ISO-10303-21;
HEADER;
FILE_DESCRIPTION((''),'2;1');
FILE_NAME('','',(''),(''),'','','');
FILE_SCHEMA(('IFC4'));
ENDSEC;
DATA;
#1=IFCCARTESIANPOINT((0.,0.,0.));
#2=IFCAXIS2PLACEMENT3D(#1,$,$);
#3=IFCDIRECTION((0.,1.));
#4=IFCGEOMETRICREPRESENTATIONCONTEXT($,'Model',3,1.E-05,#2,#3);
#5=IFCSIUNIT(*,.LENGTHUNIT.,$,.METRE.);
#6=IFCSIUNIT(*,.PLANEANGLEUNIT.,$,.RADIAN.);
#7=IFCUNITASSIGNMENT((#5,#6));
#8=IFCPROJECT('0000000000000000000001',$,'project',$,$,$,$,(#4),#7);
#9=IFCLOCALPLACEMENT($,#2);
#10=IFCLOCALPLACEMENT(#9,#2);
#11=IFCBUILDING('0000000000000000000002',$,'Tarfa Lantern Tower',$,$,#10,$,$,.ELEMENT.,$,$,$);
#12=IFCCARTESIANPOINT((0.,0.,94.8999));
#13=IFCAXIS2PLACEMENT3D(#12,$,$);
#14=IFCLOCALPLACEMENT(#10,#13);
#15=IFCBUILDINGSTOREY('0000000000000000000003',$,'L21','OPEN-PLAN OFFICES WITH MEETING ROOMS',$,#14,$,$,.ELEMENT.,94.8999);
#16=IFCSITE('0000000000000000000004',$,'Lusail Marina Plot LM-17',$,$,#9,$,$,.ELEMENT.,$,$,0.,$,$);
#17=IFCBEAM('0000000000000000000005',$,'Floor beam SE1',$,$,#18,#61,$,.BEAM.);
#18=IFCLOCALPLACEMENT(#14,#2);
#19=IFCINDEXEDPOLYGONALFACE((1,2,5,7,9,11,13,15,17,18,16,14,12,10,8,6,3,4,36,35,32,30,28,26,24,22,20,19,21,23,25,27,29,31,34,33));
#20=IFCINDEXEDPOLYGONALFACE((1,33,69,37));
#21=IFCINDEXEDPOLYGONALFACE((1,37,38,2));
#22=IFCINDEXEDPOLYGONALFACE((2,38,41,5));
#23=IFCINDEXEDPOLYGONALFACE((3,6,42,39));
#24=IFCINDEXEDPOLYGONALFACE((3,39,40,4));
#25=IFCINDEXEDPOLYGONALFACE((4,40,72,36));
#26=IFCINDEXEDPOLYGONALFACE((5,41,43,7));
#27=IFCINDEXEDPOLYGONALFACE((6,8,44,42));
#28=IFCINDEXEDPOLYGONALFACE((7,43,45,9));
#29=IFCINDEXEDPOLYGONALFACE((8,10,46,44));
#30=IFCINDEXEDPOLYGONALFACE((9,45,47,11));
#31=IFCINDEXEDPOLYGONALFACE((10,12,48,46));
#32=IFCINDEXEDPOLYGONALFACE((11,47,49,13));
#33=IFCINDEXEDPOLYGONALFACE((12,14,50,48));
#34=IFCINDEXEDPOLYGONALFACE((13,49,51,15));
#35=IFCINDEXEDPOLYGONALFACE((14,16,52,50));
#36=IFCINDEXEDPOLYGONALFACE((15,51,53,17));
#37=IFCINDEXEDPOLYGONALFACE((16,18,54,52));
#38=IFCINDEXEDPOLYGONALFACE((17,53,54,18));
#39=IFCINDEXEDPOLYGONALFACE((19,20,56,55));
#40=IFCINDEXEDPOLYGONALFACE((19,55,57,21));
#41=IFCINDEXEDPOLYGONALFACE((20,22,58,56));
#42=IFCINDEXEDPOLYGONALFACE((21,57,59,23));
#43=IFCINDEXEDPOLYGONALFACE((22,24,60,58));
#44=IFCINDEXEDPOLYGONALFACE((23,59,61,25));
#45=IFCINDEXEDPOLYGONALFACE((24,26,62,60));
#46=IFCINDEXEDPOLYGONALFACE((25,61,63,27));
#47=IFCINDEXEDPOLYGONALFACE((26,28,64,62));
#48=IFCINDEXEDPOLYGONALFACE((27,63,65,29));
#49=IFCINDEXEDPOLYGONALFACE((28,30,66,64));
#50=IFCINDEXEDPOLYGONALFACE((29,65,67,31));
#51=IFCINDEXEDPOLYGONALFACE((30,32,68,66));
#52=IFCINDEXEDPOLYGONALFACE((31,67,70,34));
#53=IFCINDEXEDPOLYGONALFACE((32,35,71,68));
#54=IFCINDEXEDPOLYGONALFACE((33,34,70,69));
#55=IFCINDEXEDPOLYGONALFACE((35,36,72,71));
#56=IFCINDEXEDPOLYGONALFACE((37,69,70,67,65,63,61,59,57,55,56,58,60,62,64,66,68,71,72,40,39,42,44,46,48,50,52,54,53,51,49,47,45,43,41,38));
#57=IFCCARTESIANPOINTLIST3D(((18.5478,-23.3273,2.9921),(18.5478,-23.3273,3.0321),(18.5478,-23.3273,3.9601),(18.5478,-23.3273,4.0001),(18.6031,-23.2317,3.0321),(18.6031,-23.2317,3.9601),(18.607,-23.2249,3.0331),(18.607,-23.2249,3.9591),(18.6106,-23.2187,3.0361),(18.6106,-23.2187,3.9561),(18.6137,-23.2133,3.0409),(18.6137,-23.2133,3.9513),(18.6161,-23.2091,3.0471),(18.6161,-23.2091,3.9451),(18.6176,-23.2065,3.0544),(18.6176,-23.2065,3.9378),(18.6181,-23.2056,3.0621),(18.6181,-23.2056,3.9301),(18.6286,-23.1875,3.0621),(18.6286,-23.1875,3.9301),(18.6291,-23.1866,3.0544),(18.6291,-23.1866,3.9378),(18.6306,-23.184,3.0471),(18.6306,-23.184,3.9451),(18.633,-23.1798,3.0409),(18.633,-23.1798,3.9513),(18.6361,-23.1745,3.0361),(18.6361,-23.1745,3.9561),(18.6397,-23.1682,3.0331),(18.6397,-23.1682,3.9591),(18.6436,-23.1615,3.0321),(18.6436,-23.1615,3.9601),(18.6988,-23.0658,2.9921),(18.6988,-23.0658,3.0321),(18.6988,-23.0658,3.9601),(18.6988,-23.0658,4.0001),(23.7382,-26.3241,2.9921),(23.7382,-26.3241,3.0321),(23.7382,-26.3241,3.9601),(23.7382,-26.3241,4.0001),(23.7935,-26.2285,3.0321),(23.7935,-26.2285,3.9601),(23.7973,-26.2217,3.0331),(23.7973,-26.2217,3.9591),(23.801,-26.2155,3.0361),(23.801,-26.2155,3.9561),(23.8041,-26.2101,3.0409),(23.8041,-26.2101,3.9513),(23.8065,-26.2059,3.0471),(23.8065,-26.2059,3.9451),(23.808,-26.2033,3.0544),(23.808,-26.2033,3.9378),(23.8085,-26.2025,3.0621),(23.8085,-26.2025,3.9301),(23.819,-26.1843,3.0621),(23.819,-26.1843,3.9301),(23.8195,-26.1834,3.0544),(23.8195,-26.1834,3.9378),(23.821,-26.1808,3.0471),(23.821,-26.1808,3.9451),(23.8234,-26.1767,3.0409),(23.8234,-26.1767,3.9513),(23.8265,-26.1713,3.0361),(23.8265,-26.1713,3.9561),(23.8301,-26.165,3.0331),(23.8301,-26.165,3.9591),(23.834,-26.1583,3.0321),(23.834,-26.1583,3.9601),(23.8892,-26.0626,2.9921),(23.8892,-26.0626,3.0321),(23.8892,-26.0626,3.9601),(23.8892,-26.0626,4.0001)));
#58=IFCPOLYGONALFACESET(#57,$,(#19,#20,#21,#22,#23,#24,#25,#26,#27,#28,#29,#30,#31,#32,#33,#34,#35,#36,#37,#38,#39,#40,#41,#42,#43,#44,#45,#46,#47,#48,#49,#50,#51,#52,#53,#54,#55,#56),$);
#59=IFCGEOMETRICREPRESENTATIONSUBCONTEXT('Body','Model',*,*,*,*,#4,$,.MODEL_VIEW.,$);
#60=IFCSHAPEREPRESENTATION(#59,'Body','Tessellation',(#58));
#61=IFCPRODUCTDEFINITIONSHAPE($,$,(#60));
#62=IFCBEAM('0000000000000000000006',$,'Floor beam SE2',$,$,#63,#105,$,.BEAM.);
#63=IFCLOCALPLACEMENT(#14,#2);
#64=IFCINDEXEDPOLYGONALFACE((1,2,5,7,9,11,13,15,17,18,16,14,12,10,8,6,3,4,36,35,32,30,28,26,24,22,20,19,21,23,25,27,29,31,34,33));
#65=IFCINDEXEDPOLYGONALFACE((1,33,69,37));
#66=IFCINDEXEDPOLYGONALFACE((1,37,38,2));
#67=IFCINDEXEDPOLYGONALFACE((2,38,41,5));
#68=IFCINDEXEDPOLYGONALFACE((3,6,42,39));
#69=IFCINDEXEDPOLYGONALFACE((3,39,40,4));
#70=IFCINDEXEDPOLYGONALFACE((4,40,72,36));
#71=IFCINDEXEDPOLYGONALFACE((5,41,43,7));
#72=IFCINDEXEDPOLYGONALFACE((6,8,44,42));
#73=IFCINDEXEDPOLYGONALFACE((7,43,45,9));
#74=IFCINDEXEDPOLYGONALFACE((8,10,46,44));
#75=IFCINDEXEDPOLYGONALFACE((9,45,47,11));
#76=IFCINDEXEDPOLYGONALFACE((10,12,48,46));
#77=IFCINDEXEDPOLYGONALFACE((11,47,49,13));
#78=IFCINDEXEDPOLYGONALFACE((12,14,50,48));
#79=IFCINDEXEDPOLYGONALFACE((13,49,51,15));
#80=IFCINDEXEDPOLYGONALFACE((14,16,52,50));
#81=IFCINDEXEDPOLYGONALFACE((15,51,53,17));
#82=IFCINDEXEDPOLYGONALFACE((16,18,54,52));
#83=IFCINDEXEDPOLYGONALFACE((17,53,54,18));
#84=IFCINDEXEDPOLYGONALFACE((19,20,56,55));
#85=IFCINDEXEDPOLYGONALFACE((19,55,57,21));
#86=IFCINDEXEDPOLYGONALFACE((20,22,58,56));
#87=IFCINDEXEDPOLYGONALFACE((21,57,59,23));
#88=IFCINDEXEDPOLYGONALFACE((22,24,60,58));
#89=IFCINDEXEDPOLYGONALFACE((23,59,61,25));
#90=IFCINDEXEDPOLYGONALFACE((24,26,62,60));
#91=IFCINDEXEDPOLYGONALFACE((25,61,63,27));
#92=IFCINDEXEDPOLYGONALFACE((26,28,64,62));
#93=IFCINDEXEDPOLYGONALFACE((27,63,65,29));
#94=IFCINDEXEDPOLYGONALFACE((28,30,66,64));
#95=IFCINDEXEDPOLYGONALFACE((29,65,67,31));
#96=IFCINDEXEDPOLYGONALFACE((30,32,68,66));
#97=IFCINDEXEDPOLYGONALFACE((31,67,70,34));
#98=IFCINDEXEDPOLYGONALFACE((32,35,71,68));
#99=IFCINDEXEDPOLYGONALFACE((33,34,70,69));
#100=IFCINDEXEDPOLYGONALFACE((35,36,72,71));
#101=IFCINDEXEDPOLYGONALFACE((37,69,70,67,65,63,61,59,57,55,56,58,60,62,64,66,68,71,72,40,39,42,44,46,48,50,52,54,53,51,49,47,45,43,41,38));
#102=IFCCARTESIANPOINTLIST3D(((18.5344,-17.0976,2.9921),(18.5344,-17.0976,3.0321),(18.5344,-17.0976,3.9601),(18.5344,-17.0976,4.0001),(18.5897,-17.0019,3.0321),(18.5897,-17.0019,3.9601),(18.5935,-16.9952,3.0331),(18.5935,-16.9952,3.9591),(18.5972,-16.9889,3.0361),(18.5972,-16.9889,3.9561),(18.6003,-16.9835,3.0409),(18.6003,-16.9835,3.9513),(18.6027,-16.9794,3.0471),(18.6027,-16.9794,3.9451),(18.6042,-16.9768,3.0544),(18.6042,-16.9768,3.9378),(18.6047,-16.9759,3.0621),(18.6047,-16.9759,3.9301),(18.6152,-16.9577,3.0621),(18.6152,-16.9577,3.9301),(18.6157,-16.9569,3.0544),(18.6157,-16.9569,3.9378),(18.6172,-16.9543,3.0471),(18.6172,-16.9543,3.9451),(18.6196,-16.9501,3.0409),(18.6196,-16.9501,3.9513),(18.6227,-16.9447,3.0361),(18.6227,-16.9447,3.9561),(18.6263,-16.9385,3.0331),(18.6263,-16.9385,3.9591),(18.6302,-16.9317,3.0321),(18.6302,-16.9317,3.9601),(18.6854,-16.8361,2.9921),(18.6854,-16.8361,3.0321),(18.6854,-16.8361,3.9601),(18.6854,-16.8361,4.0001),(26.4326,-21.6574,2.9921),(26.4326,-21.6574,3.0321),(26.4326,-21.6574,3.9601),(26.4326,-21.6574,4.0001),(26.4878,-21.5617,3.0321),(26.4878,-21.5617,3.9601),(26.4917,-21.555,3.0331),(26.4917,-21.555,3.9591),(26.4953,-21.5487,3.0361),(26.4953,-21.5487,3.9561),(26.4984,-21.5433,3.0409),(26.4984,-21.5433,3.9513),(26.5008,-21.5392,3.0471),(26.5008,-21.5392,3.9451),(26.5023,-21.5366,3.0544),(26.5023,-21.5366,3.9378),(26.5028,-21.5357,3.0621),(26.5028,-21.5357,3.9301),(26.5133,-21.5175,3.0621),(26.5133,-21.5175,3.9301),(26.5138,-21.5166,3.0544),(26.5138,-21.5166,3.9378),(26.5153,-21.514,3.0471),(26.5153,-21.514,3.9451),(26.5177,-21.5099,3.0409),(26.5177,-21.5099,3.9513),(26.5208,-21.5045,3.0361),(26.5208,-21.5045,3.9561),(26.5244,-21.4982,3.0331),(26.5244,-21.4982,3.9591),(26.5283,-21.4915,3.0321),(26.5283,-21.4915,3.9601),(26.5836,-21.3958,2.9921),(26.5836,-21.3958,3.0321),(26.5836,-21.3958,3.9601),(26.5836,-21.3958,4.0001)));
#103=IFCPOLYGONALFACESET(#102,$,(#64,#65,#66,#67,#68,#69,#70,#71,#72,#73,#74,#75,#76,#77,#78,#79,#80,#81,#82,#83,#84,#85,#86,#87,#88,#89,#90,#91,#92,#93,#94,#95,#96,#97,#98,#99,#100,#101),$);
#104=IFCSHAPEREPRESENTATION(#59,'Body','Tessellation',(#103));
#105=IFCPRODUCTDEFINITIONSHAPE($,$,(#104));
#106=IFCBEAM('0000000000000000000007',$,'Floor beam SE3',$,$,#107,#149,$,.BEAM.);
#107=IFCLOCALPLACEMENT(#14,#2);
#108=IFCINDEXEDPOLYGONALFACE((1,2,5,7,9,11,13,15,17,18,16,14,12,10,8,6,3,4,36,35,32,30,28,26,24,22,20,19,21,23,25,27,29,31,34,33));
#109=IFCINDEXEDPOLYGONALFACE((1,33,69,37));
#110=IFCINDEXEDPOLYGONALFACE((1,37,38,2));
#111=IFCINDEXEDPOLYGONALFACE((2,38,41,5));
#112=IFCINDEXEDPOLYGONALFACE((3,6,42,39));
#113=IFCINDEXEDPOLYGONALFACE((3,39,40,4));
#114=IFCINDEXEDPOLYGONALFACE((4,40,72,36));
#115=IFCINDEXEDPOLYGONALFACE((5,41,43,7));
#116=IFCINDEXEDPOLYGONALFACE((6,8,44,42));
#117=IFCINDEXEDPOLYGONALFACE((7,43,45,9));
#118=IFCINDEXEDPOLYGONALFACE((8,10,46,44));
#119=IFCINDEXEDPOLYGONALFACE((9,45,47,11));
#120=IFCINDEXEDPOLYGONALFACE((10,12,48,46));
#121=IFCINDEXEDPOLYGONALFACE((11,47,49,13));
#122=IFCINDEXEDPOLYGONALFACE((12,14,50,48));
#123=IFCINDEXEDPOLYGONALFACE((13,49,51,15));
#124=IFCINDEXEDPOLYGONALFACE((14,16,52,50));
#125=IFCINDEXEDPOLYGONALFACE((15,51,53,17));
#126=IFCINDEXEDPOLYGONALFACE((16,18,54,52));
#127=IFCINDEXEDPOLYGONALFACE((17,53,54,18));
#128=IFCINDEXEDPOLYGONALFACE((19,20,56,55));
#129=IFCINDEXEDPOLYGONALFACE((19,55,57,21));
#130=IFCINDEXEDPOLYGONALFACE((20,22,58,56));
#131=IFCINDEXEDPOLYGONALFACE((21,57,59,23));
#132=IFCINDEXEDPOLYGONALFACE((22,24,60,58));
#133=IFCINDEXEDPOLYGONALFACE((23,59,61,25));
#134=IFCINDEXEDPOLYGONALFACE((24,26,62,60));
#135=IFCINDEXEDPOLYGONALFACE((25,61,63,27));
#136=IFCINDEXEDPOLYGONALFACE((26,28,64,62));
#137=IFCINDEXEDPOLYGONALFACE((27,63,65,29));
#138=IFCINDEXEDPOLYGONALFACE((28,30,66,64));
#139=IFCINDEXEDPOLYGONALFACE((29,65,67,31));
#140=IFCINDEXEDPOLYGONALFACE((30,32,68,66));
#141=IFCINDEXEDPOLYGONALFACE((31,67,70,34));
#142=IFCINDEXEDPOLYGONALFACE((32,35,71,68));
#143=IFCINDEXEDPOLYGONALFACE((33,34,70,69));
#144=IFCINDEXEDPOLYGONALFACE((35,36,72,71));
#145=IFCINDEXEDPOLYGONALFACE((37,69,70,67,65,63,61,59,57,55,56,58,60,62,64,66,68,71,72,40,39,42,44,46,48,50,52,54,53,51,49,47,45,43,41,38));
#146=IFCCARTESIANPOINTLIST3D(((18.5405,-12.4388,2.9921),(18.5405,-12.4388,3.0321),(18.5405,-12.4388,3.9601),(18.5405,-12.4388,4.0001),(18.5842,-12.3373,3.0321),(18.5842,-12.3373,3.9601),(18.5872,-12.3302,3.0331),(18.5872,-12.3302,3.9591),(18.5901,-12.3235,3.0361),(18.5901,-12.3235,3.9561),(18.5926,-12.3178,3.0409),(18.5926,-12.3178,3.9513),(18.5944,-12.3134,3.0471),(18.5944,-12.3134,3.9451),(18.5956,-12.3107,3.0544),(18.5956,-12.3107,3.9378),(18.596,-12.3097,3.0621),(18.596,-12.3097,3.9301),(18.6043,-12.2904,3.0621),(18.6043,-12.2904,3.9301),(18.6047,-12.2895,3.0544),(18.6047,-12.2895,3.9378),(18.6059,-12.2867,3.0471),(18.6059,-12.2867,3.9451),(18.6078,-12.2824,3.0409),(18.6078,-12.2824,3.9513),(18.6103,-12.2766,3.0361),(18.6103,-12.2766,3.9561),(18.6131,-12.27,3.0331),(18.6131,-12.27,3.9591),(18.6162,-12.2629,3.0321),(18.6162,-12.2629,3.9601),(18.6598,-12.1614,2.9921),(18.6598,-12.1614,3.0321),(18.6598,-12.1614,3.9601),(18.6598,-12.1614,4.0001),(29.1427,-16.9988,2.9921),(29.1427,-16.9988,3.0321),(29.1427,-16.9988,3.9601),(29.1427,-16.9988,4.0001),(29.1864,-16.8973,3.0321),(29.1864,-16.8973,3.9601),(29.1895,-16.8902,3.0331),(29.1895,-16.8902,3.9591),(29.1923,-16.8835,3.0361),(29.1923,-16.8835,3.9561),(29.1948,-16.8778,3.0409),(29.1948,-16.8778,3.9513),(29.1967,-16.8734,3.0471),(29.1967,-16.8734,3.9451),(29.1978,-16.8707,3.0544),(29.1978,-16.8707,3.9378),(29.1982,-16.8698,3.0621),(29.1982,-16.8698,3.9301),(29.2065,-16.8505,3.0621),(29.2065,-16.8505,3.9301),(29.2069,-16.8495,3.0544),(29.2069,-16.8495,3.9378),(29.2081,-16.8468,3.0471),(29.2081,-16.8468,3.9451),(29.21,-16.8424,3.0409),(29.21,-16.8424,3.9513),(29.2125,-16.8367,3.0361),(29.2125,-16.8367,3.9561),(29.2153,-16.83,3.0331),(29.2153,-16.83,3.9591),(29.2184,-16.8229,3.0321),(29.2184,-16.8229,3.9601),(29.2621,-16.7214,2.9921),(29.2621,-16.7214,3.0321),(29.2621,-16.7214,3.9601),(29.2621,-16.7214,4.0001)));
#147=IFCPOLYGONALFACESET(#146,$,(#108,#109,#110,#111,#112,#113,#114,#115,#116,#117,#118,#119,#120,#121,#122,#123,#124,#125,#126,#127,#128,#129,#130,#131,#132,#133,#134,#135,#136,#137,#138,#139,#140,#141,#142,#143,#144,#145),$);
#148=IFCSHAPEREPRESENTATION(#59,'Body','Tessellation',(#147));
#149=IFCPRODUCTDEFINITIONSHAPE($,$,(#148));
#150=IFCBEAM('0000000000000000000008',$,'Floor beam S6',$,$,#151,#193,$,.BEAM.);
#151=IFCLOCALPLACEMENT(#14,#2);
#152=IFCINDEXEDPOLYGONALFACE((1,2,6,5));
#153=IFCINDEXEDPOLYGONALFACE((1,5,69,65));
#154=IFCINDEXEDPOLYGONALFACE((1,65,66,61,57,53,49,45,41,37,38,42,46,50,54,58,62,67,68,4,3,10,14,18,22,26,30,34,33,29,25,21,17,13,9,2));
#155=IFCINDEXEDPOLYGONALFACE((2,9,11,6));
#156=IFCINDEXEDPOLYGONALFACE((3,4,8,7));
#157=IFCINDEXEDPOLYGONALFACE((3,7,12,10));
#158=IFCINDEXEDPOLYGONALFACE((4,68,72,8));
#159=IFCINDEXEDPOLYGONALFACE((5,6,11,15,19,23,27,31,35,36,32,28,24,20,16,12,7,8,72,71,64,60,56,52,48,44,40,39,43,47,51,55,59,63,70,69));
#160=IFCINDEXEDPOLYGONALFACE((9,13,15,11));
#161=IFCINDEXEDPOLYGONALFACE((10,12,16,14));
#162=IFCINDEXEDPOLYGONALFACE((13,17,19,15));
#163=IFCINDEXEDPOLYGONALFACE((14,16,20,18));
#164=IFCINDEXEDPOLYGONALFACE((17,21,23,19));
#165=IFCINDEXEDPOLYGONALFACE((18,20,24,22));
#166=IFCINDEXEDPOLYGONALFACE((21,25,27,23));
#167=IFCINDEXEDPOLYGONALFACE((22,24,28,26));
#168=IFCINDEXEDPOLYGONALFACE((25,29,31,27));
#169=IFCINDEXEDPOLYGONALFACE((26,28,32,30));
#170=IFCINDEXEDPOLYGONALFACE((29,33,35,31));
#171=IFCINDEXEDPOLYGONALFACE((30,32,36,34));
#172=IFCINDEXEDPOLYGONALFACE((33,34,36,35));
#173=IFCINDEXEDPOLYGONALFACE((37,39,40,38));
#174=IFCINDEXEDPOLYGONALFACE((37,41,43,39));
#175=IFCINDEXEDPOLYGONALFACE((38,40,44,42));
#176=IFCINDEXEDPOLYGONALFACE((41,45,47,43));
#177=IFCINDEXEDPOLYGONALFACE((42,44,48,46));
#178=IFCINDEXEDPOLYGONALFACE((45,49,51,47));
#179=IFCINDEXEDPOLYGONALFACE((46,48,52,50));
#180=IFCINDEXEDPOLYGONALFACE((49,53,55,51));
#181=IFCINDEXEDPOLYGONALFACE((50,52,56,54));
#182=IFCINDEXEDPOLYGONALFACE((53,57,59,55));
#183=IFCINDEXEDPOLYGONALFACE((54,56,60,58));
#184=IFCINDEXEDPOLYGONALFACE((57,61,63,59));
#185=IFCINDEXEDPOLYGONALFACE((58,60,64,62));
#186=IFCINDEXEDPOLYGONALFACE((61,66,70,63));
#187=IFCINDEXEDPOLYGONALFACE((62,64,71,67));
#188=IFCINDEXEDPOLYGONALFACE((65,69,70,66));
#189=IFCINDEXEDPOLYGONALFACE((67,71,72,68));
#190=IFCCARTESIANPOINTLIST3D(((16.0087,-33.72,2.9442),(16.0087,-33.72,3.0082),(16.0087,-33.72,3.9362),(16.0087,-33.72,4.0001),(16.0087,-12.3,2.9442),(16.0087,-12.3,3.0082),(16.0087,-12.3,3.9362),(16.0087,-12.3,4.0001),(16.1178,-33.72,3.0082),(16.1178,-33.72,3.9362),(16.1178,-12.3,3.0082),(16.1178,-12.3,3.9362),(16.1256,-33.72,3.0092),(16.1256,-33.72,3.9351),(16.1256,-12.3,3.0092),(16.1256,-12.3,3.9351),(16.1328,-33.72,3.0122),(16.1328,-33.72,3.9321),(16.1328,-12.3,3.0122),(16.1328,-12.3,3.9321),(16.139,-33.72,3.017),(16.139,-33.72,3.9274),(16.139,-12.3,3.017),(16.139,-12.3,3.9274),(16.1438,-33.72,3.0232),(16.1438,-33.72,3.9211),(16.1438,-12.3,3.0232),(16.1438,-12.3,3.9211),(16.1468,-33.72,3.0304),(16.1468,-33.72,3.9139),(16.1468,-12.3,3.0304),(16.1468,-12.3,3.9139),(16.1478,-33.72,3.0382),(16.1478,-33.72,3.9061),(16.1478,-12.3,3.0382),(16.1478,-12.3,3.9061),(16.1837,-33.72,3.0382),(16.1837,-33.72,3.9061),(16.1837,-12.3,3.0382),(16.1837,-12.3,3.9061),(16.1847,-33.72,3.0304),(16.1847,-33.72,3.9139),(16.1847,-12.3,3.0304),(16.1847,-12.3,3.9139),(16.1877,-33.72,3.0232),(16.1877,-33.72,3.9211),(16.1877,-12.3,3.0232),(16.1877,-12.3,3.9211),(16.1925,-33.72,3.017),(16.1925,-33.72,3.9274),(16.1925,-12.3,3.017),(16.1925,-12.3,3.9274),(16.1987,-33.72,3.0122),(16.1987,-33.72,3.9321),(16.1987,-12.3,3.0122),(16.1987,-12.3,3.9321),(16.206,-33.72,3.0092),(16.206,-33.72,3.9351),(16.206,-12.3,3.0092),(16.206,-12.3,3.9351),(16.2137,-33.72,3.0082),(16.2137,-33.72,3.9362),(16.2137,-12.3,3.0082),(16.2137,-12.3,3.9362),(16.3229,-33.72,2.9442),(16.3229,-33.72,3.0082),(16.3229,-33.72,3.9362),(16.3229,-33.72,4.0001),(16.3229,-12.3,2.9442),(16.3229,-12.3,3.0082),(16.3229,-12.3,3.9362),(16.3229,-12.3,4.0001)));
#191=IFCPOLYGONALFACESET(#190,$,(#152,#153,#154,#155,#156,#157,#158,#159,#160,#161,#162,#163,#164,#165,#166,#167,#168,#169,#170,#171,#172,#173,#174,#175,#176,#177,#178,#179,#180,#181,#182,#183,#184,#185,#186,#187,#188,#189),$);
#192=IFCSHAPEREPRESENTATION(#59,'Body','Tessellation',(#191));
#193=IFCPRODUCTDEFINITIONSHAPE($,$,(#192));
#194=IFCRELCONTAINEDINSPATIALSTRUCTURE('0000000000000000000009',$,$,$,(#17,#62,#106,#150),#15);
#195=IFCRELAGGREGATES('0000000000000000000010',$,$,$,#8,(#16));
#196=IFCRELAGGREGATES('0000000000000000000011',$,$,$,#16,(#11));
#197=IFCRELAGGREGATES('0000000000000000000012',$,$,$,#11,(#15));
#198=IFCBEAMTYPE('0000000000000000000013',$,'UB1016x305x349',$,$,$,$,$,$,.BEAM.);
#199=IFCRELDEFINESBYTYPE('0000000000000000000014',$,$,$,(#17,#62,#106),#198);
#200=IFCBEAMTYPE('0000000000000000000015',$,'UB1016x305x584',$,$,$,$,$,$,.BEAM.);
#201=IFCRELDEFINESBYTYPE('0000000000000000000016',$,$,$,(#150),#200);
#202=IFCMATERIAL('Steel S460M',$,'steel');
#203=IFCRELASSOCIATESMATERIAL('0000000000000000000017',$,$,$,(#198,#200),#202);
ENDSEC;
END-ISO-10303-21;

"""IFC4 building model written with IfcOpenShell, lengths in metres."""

from ifc_helpers import new_model, si_unit, direction, frame, origin, origin_2d, place, context, subcontext, project, spatial, i_section, extrude, material, material_profile, profile_set, type_object, element, save


model = new_model("IFC4")

# Units and contexts
model_context = context("Model", 3, precision=1e-05, world=origin(), true_north=direction((0.0, 1.0)))
body_context = subcontext(model_context, "Body", "Model", "MODEL_VIEW")
ifc_project = project(units=[si_unit("LENGTHUNIT", "METRE"), si_unit("PLANEANGLEUNIT", "RADIAN")], contexts=[model_context])

# Site, building, storey
site_placement = place(None, origin())
site = spatial("IfcSite", under=ifc_project, at=site_placement, Name="Lusail Marina Plot LM-17", CompositionType="ELEMENT", RefElevation=0.0)
building_placement = place(site_placement, origin())
building = spatial("IfcBuilding", under=site, at=building_placement, Name="Tarfa Lantern Tower", CompositionType="ELEMENT")
storey_placement = place(building_placement, frame((0.0, 0.0, 94.8999)))
storey = spatial("IfcBuildingStorey", under=building, at=storey_placement, Name="L21", Description="OPEN-PLAN OFFICES WITH MEETING ROOMS", CompositionType="ELEMENT", Elevation=94.8999)

# Beams
ifc_material_1 = material(Name="Steel S460M", Category="steel")
ifc_material_profile_1 = material_profile(ifc_material_1, i_section(OverallWidth=0.302, OverallDepth=1.0081, WebThickness=0.021, FlangeThickness=0.04, FilletRadius=0.03, at=origin_2d()), Name="UB1016x305x349")
ifc_profile_set_1 = profile_set([ifc_material_profile_1], Name="Steel S460M")
beam_type_1 = type_object("IfcBeamType", Name="UB1016x305x349", PredefinedType="BEAM", material=ifc_profile_set_1)
beam_1_placement = place(storey_placement, frame((23.8137, -26.1934, 3.4961), z_axis=(-0.866016, 0.500016, 0.0), x_axis=(-0.500016, -0.866016, 0.0)))
element("IfcBeam", 1, at=beam_1_placement, inside=storey, type_object=beam_type_1, Name="Floor beam SE1", PredefinedType="BEAM", context=body_context, shape_type="SweptSolid", body=[
    extrude(i_section(OverallWidth=0.302, OverallDepth=1.0081, WebThickness=0.021, FlangeThickness=0.04, FilletRadius=0.03, at=origin_2d()), origin(), (0.0, 0.0, 1.0), 5.9934),
])
beam_2_placement = place(storey_placement, frame((26.5081, -21.5266, 3.4961), z_axis=(-0.866035, 0.499983, 0.0), x_axis=(-0.499983, -0.866035, 0.0)))
element("IfcBeam", 2, at=beam_2_placement, inside=storey, type_object=beam_type_1, Name="Floor beam SE2", PredefinedType="BEAM", context=body_context, shape_type="SweptSolid", body=[
    extrude(i_section(OverallWidth=0.302, OverallDepth=1.0081, WebThickness=0.021, FlangeThickness=0.04, FilletRadius=0.03, at=origin_2d()), origin(), (0.0, 0.0, 1.0), 9.1199),
])
beam_3_placement = place(storey_placement, frame((29.2024, -16.8601, 3.4961), z_axis=(-0.918635, 0.395106, 0.0), x_axis=(-0.395106, -0.918635, 0.0)))
element("IfcBeam", 3, at=beam_3_placement, inside=storey, type_object=beam_type_1, Name="Floor beam SE3", PredefinedType="BEAM", context=body_context, shape_type="SweptSolid", body=[
    extrude(i_section(OverallWidth=0.302, OverallDepth=1.0081, WebThickness=0.021, FlangeThickness=0.04, FilletRadius=0.03, at=origin_2d()), origin(), (0.0, 0.0, 1.0), 11.5413),
])
ifc_material_profile_2 = material_profile(ifc_material_1, i_section(OverallWidth=0.3142, OverallDepth=1.0559, WebThickness=0.0359, FlangeThickness=0.064, FilletRadius=0.03, at=origin_2d()), Name="UB1016x305x584")
ifc_profile_set_2 = profile_set([ifc_material_profile_2], Name="Steel S460M")
beam_type_2 = type_object("IfcBeamType", Name="UB1016x305x584", PredefinedType="BEAM", material=ifc_profile_set_2)
beam_4_placement = place(storey_placement, frame((16.1658, -33.72, 3.4722), z_axis=(0.0, 1.0, 0.0), x_axis=(-1.0, 0.0, 0.0)))
element("IfcBeam", 4, at=beam_4_placement, inside=storey, type_object=beam_type_2, Name="Floor beam S6", PredefinedType="BEAM", context=body_context, shape_type="SweptSolid", body=[
    extrude(i_section(OverallWidth=0.3142, OverallDepth=1.0559, WebThickness=0.0359, FlangeThickness=0.064, FilletRadius=0.03, at=origin_2d()), origin(), (0.0, 0.0, 1.0), 21.4199),
])

save(model, "model.ifc")
